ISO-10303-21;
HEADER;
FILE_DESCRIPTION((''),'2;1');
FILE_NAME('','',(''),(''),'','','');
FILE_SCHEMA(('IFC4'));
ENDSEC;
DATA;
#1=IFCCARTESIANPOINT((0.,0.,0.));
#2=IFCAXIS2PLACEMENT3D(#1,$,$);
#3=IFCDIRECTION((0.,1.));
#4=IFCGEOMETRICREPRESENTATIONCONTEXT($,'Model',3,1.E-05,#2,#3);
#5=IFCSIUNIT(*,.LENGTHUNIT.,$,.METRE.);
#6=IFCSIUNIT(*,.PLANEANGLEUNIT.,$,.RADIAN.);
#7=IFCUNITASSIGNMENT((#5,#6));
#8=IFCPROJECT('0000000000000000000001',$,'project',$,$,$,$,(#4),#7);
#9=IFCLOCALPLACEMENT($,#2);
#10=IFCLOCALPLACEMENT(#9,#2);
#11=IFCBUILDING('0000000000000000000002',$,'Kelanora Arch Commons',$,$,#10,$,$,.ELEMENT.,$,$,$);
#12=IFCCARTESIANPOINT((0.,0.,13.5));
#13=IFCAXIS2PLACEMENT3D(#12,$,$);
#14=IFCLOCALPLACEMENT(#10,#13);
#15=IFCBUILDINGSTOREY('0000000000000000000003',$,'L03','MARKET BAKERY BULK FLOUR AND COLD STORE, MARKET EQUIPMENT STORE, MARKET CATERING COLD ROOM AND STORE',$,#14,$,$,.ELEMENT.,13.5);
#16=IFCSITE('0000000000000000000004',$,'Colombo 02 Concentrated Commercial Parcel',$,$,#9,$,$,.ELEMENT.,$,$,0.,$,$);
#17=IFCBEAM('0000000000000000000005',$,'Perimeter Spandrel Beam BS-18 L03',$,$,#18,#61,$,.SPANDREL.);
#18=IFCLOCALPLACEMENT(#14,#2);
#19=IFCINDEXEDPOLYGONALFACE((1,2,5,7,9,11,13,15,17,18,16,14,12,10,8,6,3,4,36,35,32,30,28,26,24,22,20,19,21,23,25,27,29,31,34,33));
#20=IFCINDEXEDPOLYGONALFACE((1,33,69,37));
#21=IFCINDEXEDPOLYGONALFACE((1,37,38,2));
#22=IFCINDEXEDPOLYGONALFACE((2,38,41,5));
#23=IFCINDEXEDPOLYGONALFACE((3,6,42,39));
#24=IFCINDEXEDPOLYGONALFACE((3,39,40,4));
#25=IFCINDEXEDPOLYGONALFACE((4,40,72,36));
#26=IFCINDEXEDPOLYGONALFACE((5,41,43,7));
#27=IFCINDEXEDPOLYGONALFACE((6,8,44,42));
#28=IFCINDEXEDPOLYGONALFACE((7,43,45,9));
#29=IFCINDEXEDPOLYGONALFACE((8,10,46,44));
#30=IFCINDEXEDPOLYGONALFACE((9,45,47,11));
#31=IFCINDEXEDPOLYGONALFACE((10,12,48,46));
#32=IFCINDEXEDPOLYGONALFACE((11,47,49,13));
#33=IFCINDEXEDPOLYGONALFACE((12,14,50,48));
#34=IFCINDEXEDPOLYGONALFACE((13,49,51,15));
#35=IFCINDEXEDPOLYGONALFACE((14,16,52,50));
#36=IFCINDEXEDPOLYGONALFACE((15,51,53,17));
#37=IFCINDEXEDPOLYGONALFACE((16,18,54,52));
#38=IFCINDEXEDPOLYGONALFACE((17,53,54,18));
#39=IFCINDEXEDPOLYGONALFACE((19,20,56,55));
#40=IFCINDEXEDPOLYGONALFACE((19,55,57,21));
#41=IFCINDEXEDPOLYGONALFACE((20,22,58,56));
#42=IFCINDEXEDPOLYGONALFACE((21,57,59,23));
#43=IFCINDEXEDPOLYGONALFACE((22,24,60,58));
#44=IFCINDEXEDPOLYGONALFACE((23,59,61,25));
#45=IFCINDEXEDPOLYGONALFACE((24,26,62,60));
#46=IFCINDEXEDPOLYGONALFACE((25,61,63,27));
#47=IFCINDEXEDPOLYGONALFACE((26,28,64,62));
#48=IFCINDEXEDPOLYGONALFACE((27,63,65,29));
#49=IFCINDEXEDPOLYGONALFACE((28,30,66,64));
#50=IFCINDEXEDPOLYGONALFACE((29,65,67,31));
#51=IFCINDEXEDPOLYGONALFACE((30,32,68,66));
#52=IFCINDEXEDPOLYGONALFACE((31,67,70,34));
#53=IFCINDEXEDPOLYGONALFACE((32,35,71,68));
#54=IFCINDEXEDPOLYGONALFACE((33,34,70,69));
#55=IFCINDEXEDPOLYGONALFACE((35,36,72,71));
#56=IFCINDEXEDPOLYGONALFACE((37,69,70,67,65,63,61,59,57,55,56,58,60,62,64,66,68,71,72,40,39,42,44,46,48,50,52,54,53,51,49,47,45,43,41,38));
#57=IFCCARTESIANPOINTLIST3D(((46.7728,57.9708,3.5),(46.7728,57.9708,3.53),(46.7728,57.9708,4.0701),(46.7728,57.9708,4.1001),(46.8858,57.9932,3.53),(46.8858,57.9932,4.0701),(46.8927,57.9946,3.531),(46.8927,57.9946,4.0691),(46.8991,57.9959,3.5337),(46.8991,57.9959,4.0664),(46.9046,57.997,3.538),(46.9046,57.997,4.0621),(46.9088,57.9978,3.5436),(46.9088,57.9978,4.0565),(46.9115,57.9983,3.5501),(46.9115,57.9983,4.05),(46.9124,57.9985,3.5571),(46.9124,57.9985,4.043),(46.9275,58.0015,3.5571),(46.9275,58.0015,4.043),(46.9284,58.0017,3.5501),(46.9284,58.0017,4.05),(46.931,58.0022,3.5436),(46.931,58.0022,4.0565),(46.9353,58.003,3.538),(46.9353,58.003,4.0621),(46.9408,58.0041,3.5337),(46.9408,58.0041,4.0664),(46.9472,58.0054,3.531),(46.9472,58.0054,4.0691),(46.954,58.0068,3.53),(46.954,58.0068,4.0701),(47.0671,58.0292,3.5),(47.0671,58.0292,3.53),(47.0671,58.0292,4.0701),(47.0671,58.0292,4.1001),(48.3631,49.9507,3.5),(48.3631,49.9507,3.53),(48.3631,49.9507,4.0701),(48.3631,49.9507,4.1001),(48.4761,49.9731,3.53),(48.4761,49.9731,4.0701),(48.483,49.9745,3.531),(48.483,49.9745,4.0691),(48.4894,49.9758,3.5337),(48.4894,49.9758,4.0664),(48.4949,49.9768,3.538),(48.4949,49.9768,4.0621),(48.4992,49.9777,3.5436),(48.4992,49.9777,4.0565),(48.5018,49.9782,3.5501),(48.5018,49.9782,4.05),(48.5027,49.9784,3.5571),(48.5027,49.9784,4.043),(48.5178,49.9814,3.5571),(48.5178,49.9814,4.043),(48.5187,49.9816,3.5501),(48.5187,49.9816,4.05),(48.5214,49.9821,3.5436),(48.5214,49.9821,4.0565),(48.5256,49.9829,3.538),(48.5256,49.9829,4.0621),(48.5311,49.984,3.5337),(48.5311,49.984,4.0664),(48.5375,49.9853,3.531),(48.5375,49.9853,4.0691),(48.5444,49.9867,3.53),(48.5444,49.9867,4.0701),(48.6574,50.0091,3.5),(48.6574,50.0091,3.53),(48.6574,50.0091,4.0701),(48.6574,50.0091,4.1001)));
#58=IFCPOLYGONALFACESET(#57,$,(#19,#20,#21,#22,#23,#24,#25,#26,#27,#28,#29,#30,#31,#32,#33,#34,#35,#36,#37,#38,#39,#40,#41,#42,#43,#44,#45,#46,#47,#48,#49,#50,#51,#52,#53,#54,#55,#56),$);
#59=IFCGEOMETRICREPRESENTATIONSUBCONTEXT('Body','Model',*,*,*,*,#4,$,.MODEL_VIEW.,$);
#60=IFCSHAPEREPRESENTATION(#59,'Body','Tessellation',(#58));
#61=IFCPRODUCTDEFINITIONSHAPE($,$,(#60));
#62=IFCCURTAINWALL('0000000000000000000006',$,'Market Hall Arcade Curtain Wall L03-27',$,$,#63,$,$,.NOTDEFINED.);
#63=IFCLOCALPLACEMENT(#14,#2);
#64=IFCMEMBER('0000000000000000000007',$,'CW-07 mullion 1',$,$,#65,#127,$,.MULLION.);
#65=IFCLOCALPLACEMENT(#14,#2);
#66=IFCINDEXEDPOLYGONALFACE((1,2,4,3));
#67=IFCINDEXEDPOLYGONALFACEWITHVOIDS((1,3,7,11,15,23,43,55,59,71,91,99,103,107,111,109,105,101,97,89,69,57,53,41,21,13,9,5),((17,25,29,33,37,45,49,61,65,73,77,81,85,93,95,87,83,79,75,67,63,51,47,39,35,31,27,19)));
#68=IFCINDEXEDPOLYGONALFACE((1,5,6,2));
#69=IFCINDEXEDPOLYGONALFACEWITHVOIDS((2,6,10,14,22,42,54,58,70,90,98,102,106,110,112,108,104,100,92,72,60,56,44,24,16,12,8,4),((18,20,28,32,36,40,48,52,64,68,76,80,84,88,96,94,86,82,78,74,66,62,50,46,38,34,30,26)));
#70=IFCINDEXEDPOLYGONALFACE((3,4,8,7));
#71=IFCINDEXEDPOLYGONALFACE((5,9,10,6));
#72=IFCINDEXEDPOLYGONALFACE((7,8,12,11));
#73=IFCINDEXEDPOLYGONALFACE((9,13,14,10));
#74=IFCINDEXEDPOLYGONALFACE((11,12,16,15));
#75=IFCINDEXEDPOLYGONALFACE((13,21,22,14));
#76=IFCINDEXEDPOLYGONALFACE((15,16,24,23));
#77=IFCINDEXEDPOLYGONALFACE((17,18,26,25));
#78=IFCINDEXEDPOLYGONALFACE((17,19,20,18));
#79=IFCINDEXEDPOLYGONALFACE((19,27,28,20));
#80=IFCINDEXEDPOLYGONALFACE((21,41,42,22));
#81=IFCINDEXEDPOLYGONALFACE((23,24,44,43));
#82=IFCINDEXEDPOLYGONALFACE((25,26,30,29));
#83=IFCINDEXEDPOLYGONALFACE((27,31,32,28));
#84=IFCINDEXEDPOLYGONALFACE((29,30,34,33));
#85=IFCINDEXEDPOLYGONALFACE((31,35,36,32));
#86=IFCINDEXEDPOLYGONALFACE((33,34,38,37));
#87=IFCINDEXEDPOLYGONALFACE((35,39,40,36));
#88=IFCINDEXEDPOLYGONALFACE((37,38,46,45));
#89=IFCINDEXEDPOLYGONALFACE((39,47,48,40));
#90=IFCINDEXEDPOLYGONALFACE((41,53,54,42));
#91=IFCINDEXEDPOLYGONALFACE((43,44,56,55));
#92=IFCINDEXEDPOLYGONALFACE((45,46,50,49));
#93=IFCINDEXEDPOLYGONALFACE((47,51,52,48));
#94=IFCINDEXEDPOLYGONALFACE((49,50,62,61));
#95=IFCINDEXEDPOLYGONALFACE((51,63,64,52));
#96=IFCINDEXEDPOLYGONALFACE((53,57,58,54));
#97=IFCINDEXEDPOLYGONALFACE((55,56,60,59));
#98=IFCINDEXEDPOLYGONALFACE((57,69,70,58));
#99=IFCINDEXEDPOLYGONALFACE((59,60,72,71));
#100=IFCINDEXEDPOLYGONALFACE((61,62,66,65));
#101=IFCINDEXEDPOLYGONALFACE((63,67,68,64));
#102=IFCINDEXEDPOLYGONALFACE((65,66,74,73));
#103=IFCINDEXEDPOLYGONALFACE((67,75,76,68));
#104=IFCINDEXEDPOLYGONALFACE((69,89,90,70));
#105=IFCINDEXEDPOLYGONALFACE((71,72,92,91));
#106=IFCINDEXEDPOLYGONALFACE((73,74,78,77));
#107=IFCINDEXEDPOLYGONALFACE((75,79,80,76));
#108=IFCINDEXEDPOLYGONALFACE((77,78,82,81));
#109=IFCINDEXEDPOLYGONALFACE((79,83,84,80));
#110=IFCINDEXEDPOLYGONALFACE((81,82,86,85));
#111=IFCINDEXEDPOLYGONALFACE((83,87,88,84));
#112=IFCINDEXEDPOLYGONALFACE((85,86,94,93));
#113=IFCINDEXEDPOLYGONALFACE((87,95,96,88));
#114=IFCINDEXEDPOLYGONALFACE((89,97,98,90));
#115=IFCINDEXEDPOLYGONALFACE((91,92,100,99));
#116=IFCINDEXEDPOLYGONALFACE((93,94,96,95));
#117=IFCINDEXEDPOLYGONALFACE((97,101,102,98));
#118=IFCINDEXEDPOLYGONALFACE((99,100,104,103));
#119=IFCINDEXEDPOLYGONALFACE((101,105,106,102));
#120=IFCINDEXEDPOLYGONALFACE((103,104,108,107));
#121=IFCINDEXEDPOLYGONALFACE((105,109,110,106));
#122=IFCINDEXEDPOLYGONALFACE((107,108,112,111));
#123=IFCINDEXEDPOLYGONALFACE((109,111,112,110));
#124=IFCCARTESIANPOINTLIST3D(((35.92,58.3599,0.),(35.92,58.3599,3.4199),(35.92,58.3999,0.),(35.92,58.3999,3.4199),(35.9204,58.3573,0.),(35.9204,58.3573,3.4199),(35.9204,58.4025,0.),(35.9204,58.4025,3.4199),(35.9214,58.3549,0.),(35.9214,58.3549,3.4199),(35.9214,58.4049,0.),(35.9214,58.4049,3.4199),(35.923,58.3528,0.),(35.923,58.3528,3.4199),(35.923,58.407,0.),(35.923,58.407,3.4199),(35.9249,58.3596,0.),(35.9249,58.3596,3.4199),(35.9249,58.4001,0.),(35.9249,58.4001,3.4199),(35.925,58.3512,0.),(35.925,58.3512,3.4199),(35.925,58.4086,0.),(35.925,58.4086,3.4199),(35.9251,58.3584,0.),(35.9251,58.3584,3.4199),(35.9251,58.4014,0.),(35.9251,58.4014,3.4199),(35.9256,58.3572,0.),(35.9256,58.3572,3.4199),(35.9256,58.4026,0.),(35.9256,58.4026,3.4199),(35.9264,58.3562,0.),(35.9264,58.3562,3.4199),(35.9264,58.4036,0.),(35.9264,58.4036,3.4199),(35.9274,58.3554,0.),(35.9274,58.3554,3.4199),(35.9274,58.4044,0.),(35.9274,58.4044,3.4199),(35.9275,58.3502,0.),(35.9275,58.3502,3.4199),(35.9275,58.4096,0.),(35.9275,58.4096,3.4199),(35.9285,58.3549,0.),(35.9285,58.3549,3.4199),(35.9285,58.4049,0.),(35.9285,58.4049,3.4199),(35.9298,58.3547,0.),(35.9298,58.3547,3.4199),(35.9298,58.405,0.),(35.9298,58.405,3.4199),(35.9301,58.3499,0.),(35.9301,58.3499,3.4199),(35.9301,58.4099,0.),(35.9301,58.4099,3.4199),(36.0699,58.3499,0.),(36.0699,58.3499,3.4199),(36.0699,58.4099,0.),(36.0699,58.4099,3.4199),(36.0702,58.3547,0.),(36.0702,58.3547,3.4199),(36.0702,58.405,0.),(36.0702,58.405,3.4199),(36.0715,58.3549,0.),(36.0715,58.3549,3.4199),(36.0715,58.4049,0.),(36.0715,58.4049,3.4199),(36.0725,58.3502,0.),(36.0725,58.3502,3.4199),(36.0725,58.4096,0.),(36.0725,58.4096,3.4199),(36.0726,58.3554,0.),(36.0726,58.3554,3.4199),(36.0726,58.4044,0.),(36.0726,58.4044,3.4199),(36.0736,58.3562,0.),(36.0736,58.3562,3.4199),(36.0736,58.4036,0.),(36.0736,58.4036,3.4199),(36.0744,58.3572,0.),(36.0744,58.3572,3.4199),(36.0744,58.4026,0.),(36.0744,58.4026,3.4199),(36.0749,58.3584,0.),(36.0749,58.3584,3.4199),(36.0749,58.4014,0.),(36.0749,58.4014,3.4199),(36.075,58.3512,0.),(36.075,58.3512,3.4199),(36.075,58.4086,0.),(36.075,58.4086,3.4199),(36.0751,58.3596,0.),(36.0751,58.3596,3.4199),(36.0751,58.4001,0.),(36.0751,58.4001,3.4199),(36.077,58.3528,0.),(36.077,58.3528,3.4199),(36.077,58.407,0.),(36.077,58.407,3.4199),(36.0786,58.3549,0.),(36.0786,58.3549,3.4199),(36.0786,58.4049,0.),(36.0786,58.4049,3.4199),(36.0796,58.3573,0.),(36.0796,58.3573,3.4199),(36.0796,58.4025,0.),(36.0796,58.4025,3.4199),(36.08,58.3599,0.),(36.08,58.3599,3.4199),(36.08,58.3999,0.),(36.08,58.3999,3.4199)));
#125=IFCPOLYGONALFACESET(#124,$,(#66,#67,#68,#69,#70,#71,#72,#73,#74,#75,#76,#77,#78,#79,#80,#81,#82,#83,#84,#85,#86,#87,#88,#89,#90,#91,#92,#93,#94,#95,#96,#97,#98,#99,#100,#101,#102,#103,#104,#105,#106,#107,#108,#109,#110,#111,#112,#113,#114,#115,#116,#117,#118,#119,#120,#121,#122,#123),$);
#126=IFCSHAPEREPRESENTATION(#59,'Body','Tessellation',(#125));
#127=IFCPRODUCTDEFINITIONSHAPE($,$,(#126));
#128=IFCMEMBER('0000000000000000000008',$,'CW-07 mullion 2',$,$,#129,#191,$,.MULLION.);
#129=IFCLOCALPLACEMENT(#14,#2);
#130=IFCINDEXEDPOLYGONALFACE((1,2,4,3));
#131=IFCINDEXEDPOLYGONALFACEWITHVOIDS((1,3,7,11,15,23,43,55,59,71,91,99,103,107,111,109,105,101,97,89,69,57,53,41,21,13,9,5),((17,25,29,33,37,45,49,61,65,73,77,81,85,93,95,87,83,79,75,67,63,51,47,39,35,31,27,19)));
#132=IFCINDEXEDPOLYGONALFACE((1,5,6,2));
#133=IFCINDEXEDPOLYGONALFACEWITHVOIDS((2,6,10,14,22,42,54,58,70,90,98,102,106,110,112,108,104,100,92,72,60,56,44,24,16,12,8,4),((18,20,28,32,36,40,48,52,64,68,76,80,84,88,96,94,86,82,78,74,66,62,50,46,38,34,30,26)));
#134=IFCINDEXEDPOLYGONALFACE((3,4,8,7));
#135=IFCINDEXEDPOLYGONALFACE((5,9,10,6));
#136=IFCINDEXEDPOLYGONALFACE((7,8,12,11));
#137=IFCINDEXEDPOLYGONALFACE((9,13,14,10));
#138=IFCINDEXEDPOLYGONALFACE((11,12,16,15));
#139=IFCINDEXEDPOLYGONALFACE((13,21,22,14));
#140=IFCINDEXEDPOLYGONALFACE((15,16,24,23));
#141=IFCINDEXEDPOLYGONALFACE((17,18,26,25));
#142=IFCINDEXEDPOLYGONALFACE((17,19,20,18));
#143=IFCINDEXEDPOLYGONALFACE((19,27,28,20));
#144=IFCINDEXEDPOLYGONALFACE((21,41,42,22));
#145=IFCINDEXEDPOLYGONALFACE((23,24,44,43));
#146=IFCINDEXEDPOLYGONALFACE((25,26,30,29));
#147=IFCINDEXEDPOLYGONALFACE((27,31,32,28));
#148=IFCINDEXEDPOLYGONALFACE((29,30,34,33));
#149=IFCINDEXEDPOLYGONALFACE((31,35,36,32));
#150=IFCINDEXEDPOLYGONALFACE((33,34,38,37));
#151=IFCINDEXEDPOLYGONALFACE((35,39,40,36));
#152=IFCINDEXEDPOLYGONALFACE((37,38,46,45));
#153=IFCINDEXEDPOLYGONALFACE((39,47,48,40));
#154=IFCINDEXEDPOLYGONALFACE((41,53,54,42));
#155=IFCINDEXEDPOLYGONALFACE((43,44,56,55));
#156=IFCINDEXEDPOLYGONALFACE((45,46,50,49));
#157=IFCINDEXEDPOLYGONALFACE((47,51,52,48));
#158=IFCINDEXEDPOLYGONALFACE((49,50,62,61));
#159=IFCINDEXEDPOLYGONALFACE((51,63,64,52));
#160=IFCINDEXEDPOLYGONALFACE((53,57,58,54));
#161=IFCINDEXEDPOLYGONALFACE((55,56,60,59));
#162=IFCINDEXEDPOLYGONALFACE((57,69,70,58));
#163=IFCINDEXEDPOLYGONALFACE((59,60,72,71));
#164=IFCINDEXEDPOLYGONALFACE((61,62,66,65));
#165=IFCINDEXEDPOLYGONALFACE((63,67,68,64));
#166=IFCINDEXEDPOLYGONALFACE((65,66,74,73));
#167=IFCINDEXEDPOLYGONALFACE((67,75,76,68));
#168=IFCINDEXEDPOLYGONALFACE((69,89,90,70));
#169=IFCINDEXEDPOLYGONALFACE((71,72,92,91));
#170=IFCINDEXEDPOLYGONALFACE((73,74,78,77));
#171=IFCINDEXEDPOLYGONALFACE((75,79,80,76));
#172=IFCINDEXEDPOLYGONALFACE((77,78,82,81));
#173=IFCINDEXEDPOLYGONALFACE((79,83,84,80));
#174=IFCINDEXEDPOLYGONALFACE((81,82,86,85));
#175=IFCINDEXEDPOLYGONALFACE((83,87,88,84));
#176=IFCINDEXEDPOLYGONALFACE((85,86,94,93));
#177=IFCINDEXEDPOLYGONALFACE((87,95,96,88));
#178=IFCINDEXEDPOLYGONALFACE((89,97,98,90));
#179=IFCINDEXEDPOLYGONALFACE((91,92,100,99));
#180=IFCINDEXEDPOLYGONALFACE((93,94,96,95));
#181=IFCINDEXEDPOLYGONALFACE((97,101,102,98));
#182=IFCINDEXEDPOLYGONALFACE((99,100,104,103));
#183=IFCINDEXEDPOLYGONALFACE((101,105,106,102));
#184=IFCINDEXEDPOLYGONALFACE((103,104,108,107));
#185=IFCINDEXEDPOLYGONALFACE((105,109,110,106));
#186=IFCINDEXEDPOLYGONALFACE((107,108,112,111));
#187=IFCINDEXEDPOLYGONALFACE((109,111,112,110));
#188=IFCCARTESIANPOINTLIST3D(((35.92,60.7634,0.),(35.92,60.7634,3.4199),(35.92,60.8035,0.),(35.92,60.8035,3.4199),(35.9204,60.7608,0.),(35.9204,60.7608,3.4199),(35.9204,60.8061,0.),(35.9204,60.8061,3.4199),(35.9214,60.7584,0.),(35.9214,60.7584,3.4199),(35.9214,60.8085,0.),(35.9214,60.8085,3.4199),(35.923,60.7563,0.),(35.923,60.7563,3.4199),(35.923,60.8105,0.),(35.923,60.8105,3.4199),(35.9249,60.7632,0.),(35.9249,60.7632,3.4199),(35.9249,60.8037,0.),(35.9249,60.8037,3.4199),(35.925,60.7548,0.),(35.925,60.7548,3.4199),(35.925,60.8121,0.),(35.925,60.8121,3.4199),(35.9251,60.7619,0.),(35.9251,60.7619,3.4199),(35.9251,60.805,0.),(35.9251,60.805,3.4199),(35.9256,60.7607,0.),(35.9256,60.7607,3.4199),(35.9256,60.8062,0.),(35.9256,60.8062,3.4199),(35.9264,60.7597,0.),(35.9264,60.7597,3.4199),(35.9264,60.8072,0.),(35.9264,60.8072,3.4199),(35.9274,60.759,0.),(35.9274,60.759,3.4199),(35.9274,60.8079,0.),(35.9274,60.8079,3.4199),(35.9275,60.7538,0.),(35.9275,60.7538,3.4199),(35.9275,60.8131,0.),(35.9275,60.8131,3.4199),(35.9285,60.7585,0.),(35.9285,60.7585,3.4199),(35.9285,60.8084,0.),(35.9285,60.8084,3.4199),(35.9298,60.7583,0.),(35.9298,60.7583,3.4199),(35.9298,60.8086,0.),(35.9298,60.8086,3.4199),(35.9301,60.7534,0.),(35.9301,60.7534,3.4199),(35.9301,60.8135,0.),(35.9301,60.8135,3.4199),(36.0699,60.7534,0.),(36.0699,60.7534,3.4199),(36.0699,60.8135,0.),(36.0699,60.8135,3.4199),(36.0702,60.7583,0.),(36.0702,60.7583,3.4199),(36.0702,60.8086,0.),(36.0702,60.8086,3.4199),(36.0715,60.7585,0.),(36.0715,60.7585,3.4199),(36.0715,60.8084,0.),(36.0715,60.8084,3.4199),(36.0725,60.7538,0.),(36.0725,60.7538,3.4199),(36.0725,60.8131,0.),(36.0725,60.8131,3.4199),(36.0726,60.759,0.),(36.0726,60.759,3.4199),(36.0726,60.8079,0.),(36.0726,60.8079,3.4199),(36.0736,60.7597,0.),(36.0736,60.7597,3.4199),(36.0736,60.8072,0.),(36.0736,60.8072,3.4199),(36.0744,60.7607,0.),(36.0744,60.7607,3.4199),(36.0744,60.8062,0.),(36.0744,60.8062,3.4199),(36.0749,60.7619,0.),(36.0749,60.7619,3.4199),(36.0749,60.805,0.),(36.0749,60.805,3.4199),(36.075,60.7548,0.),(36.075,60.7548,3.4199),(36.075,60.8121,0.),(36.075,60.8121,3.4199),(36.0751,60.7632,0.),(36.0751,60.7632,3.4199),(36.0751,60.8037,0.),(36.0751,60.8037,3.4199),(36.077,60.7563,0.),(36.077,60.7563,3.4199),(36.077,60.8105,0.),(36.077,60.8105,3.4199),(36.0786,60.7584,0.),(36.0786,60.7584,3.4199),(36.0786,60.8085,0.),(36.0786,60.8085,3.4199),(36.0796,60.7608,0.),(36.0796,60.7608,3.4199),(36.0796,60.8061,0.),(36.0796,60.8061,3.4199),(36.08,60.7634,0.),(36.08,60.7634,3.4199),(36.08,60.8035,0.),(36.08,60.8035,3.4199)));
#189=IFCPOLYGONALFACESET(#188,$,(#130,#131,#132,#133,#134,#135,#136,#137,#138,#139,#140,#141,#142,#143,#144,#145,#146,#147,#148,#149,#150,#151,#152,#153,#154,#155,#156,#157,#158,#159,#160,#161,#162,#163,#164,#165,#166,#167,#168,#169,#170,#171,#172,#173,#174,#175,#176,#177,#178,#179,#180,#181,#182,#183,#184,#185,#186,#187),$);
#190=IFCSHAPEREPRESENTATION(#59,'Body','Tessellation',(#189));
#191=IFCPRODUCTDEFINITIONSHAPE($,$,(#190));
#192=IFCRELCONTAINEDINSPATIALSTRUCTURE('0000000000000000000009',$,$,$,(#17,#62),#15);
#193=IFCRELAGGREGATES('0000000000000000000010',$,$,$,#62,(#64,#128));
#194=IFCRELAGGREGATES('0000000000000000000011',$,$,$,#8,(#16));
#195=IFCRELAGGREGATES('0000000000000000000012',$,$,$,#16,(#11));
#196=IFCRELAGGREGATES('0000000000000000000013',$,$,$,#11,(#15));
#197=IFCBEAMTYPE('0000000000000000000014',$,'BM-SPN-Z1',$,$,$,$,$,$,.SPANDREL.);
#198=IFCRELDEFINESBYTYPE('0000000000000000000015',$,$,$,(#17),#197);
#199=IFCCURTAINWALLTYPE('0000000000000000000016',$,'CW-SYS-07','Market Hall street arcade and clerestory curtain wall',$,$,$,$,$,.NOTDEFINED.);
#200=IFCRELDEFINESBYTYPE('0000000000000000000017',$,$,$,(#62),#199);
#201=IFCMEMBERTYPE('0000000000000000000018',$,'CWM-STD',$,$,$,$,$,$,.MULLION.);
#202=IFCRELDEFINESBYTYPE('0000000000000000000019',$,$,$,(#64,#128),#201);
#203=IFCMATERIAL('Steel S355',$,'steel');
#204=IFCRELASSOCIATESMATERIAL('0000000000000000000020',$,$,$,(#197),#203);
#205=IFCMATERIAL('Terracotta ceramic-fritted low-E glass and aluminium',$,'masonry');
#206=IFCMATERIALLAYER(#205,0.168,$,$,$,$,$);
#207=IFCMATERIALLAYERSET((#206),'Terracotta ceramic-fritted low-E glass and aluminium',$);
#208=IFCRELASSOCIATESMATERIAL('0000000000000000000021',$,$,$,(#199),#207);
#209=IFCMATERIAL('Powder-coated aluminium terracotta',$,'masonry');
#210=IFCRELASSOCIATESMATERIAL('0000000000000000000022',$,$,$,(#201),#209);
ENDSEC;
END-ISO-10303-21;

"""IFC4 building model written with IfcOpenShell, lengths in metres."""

from ifc_helpers import new_model, si_unit, direction, frame, origin, origin_2d, place, context, subcontext, project, spatial, hollow_rectangle, i_section, extrude, material, layer, layer_set, material_profile, profile_set, type_object, element, aggregate, save


model = new_model("IFC4")

# Units and contexts
model_context = context("Model", 3, precision=1e-05, world=origin(), true_north=direction((0.0, 1.0)))
body_context = subcontext(model_context, "Body", "Model", "MODEL_VIEW")
ifc_project = project(units=[si_unit("LENGTHUNIT", "METRE"), si_unit("PLANEANGLEUNIT", "RADIAN")], contexts=[model_context])

# Site, building, storey
site_placement = place(None, origin())
site = spatial("IfcSite", under=ifc_project, at=site_placement, Name="Colombo 02 Concentrated Commercial Parcel", CompositionType="ELEMENT", RefElevation=0.0)
building_placement = place(site_placement, origin())
building = spatial("IfcBuilding", under=site, at=building_placement, Name="Kelanora Arch Commons", CompositionType="ELEMENT")
storey_placement = place(building_placement, frame((0.0, 0.0, 13.5)))
storey = spatial("IfcBuildingStorey", under=building, at=storey_placement, Name="L03", Description="MARKET BAKERY BULK FLOUR AND COLD STORE, MARKET EQUIPMENT STORE, MARKET CATERING COLD ROOM AND STORE", CompositionType="ELEMENT", Elevation=13.5)

# Beam
ifc_material_1 = material(Name="Steel S355", Category="steel")
ifc_material_profile_1 = material_profile(ifc_material_1, i_section(OverallWidth=0.3, OverallDepth=0.6001, WebThickness=0.0154, FlangeThickness=0.03, FilletRadius=0.0271, at=origin_2d()), Name="HEB600")
ifc_profile_set_1 = profile_set([ifc_material_profile_1], Name="Steel S355")
beam_type_1 = type_object("IfcBeamType", Name="BM-SPN-Z1", PredefinedType="SPANDREL", material=ifc_profile_set_1)
beam_1_placement = place(storey_placement, frame((46.9199, 58.0, 3.8), z_axis=(0.194508, -0.980901, 0.0), x_axis=(0.980901, 0.194508, 0.0)))
element("IfcBeam", 1, at=beam_1_placement, inside=storey, type_object=beam_type_1, Name="Perimeter Spandrel Beam BS-18 L03", PredefinedType="SPANDREL", context=body_context, shape_type="SweptSolid", body=[
    extrude(i_section(OverallWidth=0.3, OverallDepth=0.6001, WebThickness=0.0154, FlangeThickness=0.03, FilletRadius=0.0271, at=origin_2d()), origin(), (0.0, 0.0, 1.0), 8.1763),
])

# Curtain wall, members
ifc_material_2 = material(Name="Terracotta ceramic-fritted low-E glass and aluminium", Category="masonry")
ifc_layer_1 = layer(ifc_material_2, 0.168)
ifc_layer_set_1 = layer_set([ifc_layer_1], Name="Terracotta ceramic-fritted low-E glass and aluminium")
curtain_wall_type = type_object("IfcCurtainWallType", Name="CW-SYS-07", Description="Market Hall street arcade and clerestory curtain wall", PredefinedType="NOTDEFINED", material=ifc_layer_set_1)
curtain_wall_placement = place(storey_placement, origin())
curtain_wall = element("IfcCurtainWall", 2, at=curtain_wall_placement, inside=storey, type_object=curtain_wall_type, Name="Market Hall Arcade Curtain Wall L03-27", PredefinedType="NOTDEFINED")
ifc_material_3 = material(Name="Powder-coated aluminium terracotta", Category="masonry")
ifc_material_profile_2 = material_profile(ifc_material_3, hollow_rectangle(XDim=0.1599, YDim=0.0601, WallThickness=0.0049, InnerFilletRadius=0.0049, OuterFilletRadius=0.01, at=origin_2d()), Name="CWM160x60")
ifc_profile_set_2 = profile_set([ifc_material_profile_2], Name="Powder-coated aluminium terracotta")
member_type_1 = type_object("IfcMemberType", Name="CWM-STD", PredefinedType="MULLION", material=ifc_profile_set_2)
member_1_placement = place(storey_placement, frame((36.0, 58.3799, 0.0), z_axis=(0.0, 0.0, 1.0), x_axis=(-1.0, 0.0, 0.0)))
member_1 = element("IfcMember", 3, at=member_1_placement, type_object=member_type_1, Name="CW-07 mullion 1", PredefinedType="MULLION", context=body_context, shape_type="SweptSolid", body=[
    extrude(hollow_rectangle(XDim=0.1599, YDim=0.0601, WallThickness=0.0049, InnerFilletRadius=0.0049, OuterFilletRadius=0.01, at=origin_2d()), origin(), (0.0, 0.0, 1.0), 3.4199),
])
member_2_placement = place(storey_placement, frame((36.0, 60.7834, 0.0), z_axis=(0.0, 0.0, 1.0), x_axis=(-1.0, 0.0, 0.0)))
member_2 = element("IfcMember", 4, at=member_2_placement, type_object=member_type_1, Name="CW-07 mullion 2", PredefinedType="MULLION", context=body_context, shape_type="SweptSolid", body=[
    extrude(hollow_rectangle(XDim=0.1599, YDim=0.0601, WallThickness=0.0049, InnerFilletRadius=0.0049, OuterFilletRadius=0.01, at=origin_2d()), origin(), (0.0, 0.0, 1.0), 3.4199),
])
aggregate(curtain_wall, [member_1, member_2])

save(model, "model.ifc")
